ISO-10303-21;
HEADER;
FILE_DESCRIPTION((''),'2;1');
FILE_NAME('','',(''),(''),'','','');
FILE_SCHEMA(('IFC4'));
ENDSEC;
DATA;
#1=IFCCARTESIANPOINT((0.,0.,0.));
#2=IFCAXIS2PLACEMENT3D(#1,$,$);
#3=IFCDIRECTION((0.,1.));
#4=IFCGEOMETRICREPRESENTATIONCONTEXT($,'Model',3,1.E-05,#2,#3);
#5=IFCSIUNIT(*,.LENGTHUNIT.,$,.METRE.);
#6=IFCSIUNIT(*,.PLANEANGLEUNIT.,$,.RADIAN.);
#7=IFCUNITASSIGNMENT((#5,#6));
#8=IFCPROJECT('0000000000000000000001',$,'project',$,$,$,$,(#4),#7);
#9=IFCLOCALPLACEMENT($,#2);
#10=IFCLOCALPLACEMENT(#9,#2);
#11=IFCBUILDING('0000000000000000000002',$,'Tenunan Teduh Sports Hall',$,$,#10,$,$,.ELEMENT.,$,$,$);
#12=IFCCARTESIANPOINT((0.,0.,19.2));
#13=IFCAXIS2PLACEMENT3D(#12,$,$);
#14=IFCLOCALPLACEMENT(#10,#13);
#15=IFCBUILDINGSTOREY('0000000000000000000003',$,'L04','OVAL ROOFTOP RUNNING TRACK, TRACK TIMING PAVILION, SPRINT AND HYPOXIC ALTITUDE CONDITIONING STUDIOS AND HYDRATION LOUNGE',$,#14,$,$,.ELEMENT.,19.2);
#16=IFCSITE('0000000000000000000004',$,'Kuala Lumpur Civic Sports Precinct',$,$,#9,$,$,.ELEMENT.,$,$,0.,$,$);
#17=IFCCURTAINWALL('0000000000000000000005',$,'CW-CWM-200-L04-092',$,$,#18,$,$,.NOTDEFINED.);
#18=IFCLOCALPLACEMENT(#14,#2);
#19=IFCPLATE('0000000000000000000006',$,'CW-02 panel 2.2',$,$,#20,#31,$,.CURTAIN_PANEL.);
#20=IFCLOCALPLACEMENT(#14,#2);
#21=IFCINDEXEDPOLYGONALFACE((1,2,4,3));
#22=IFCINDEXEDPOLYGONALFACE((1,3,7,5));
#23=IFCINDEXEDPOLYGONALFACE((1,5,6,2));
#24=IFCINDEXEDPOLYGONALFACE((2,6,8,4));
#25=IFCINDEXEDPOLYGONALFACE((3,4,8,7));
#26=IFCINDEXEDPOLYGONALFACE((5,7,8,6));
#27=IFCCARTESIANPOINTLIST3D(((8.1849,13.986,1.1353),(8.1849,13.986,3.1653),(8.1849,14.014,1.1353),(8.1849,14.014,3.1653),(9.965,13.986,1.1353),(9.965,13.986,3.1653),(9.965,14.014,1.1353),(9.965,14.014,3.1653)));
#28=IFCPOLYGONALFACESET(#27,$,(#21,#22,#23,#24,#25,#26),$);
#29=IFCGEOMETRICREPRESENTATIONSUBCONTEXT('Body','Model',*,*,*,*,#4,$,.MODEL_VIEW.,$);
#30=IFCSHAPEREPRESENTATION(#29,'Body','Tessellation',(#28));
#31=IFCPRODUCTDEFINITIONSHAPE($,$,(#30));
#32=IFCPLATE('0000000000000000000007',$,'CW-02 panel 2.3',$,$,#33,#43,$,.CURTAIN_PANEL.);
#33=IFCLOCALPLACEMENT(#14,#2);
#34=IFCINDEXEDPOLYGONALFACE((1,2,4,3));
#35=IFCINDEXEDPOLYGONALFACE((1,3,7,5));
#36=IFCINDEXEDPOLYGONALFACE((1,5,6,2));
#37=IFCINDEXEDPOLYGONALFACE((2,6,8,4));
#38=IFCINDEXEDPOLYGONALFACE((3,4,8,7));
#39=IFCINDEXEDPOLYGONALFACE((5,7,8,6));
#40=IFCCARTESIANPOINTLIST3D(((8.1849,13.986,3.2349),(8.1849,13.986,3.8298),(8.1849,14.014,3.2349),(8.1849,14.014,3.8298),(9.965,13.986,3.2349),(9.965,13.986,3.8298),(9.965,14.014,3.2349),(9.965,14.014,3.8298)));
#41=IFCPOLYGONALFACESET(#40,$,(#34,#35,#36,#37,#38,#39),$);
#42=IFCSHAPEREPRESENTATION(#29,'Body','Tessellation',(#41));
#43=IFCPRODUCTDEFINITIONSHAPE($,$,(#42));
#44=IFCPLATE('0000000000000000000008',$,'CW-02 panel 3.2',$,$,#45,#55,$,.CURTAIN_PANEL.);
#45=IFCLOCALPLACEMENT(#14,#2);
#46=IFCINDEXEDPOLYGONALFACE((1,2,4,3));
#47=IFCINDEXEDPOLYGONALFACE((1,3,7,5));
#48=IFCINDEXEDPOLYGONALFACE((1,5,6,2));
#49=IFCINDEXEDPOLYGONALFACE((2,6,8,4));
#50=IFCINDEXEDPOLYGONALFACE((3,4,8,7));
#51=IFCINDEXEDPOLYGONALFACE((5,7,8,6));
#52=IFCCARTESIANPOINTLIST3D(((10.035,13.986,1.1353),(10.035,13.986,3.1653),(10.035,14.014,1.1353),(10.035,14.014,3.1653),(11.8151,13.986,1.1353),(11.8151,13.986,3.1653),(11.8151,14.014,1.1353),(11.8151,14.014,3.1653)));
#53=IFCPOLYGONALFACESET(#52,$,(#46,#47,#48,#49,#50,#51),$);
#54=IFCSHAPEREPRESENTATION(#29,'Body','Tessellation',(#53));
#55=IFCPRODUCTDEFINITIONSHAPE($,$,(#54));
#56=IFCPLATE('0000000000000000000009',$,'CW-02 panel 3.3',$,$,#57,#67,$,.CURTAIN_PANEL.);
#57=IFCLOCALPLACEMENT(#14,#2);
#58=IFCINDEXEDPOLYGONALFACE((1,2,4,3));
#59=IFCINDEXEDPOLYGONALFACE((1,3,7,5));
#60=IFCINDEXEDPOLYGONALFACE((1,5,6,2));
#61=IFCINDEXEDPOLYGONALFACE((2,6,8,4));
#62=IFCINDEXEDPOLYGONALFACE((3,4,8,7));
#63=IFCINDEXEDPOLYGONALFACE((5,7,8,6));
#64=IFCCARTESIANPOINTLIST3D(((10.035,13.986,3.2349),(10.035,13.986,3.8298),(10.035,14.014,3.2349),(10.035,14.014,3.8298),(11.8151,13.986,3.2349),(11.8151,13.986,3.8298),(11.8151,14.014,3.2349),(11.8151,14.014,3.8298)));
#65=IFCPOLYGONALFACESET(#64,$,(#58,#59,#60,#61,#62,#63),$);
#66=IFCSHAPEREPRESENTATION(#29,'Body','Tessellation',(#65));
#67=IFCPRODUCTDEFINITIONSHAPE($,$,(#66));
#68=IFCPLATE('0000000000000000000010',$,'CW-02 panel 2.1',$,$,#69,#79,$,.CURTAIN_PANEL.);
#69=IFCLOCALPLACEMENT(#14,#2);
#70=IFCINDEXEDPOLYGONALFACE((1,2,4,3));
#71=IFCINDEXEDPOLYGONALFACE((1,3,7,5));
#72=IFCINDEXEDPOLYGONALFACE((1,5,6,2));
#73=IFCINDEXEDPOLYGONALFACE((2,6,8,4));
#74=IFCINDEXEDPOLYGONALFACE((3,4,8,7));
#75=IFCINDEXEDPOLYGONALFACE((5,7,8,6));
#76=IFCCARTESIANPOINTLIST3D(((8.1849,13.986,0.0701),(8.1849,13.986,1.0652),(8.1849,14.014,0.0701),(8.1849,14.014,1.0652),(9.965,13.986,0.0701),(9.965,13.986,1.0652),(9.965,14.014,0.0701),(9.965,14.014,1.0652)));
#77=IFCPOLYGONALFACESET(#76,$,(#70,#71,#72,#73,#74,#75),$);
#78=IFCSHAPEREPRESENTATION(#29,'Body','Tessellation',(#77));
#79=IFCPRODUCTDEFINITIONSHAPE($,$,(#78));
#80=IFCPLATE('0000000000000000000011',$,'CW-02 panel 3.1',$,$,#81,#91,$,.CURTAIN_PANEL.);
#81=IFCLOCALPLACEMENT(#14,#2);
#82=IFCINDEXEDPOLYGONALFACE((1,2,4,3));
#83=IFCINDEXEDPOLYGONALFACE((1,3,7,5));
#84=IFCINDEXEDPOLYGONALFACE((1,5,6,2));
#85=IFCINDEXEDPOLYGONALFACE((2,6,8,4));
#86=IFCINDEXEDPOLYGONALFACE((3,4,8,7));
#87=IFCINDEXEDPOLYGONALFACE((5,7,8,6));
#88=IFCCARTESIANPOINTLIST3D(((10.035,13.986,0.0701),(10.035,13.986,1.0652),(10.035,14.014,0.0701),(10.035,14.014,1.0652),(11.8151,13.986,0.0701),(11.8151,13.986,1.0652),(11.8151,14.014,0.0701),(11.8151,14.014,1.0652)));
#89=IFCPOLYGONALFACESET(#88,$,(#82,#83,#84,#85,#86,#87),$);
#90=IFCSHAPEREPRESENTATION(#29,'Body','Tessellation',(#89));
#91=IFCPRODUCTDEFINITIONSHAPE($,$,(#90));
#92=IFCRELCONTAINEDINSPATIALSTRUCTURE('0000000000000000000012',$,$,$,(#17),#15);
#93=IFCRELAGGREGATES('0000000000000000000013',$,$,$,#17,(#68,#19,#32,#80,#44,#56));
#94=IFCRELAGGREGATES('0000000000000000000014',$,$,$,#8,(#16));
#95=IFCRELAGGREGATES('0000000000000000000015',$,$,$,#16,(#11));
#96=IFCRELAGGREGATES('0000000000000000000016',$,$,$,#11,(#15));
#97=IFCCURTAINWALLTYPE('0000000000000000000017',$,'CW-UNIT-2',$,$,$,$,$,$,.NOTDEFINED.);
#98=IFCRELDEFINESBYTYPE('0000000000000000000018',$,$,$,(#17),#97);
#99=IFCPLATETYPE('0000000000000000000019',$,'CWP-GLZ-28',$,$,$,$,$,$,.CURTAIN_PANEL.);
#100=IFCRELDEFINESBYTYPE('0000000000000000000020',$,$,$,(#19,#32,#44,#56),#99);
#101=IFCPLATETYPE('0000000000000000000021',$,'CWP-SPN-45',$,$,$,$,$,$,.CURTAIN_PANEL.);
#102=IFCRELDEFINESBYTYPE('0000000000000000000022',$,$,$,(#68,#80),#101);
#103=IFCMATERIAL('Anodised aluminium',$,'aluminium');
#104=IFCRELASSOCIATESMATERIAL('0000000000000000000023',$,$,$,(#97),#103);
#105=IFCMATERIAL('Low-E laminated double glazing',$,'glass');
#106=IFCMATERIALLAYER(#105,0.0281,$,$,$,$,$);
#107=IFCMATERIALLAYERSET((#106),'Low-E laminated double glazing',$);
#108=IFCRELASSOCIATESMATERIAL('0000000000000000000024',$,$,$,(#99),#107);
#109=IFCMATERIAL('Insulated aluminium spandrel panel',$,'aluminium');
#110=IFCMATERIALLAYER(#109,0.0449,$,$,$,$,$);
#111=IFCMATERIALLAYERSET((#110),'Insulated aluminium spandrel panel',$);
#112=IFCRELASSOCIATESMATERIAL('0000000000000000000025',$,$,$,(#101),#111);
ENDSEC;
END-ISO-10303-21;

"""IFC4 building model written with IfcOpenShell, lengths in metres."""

from ifc_helpers import new_model, si_unit, direction, frame, origin, origin_2d, place, context, subcontext, project, spatial, rectangle, extrude, material, layer, layer_set, type_object, element, aggregate, save


model = new_model("IFC4")

# Units and contexts
model_context = context("Model", 3, precision=1e-05, world=origin(), true_north=direction((0.0, 1.0)))
body_context = subcontext(model_context, "Body", "Model", "MODEL_VIEW")
ifc_project = project(units=[si_unit("LENGTHUNIT", "METRE"), si_unit("PLANEANGLEUNIT", "RADIAN")], contexts=[model_context])

# Site, building, storey
site_placement = place(None, origin())
site = spatial("IfcSite", under=ifc_project, at=site_placement, Name="Kuala Lumpur Civic Sports Precinct", CompositionType="ELEMENT", RefElevation=0.0)
building_placement = place(site_placement, origin())
building = spatial("IfcBuilding", under=site, at=building_placement, Name="Tenunan Teduh Sports Hall", CompositionType="ELEMENT")
storey_placement = place(building_placement, frame((0.0, 0.0, 19.2)))
storey = spatial("IfcBuildingStorey", under=building, at=storey_placement, Name="L04", Description="OVAL ROOFTOP RUNNING TRACK, TRACK TIMING PAVILION, SPRINT AND HYPOXIC ALTITUDE CONDITIONING STUDIOS AND HYDRATION LOUNGE", CompositionType="ELEMENT", Elevation=19.2)

# Curtain wall, plates
ifc_material_1 = material(Name="Anodised aluminium", Category="aluminium")
curtain_wall_type = type_object("IfcCurtainWallType", Name="CW-UNIT-2", PredefinedType="NOTDEFINED", material=ifc_material_1)
curtain_wall_placement = place(storey_placement, origin())
curtain_wall = element("IfcCurtainWall", 1, at=curtain_wall_placement, inside=storey, type_object=curtain_wall_type, Name="CW-CWM-200-L04-092", PredefinedType="NOTDEFINED")
ifc_material_2 = material(Name="Low-E laminated double glazing", Category="glass")
ifc_layer_1 = layer(ifc_material_2, 0.0281)
ifc_layer_set_1 = layer_set([ifc_layer_1], Name="Low-E laminated double glazing")
plate_type_1 = type_object("IfcPlateType", Name="CWP-GLZ-28", PredefinedType="CURTAIN_PANEL", material=ifc_layer_set_1)
plate_1_placement = place(storey_placement, frame((9.075, 14.0, 1.1353), z_axis=(0.0, 0.0, 1.0), x_axis=(1.0, 0.0, 0.0)))
plate_1 = element("IfcPlate", 2, at=plate_1_placement, type_object=plate_type_1, Name="CW-02 panel 2.2", PredefinedType="CURTAIN_PANEL", context=body_context, shape_type="SweptSolid", body=[
    extrude(rectangle(XDim=1.78, YDim=0.0281, at=origin_2d()), origin(), (0.0, 0.0, 1.0), 2.03),
])
plate_2_placement = place(storey_placement, frame((9.075, 14.0, 3.2349), z_axis=(0.0, 0.0, 1.0), x_axis=(1.0, 0.0, 0.0)))
plate_2 = element("IfcPlate", 3, at=plate_2_placement, type_object=plate_type_1, Name="CW-02 panel 2.3", PredefinedType="CURTAIN_PANEL", context=body_context, shape_type="SweptSolid", body=[
    extrude(rectangle(XDim=1.78, YDim=0.0281, at=origin_2d()), origin(), (0.0, 0.0, 1.0), 0.595),
])
plate_3_placement = place(storey_placement, frame((10.925, 14.0, 1.1353), z_axis=(0.0, 0.0, 1.0), x_axis=(1.0, 0.0, 0.0)))
plate_3 = element("IfcPlate", 4, at=plate_3_placement, type_object=plate_type_1, Name="CW-02 panel 3.2", PredefinedType="CURTAIN_PANEL", context=body_context, shape_type="SweptSolid", body=[
    extrude(rectangle(XDim=1.78, YDim=0.0281, at=origin_2d()), origin(), (0.0, 0.0, 1.0), 2.03),
])
plate_4_placement = place(storey_placement, frame((10.925, 14.0, 3.2349), z_axis=(0.0, 0.0, 1.0), x_axis=(1.0, 0.0, 0.0)))
plate_4 = element("IfcPlate", 5, at=plate_4_placement, type_object=plate_type_1, Name="CW-02 panel 3.3", PredefinedType="CURTAIN_PANEL", context=body_context, shape_type="SweptSolid", body=[
    extrude(rectangle(XDim=1.78, YDim=0.0281, at=origin_2d()), origin(), (0.0, 0.0, 1.0), 0.595),
])
ifc_material_3 = material(Name="Insulated aluminium spandrel panel", Category="aluminium")
ifc_layer_2 = layer(ifc_material_3, 0.0449)
ifc_layer_set_2 = layer_set([ifc_layer_2], Name="Insulated aluminium spandrel panel")
plate_type_2 = type_object("IfcPlateType", Name="CWP-SPN-45", PredefinedType="CURTAIN_PANEL", material=ifc_layer_set_2)
plate_5_placement = place(storey_placement, frame((9.075, 14.0, 0.0701), z_axis=(0.0, 0.0, 1.0), x_axis=(1.0, 0.0, 0.0)))
plate_5 = element("IfcPlate", 6, at=plate_5_placement, type_object=plate_type_2, Name="CW-02 panel 2.1", PredefinedType="CURTAIN_PANEL", context=body_context, shape_type="SweptSolid", body=[
    extrude(rectangle(XDim=1.78, YDim=0.0281, at=origin_2d()), origin(), (0.0, 0.0, 1.0), 0.9951),
])
plate_6_placement = place(storey_placement, frame((10.925, 14.0, 0.0701), z_axis=(0.0, 0.0, 1.0), x_axis=(1.0, 0.0, 0.0)))
plate_6 = element("IfcPlate", 7, at=plate_6_placement, type_object=plate_type_2, Name="CW-02 panel 3.1", PredefinedType="CURTAIN_PANEL", context=body_context, shape_type="SweptSolid", body=[
    extrude(rectangle(XDim=1.78, YDim=0.0281, at=origin_2d()), origin(), (0.0, 0.0, 1.0), 0.9951),
])
aggregate(curtain_wall, [plate_5, plate_1, plate_2, plate_6, plate_3, plate_4])

save(model, "model.ifc")
